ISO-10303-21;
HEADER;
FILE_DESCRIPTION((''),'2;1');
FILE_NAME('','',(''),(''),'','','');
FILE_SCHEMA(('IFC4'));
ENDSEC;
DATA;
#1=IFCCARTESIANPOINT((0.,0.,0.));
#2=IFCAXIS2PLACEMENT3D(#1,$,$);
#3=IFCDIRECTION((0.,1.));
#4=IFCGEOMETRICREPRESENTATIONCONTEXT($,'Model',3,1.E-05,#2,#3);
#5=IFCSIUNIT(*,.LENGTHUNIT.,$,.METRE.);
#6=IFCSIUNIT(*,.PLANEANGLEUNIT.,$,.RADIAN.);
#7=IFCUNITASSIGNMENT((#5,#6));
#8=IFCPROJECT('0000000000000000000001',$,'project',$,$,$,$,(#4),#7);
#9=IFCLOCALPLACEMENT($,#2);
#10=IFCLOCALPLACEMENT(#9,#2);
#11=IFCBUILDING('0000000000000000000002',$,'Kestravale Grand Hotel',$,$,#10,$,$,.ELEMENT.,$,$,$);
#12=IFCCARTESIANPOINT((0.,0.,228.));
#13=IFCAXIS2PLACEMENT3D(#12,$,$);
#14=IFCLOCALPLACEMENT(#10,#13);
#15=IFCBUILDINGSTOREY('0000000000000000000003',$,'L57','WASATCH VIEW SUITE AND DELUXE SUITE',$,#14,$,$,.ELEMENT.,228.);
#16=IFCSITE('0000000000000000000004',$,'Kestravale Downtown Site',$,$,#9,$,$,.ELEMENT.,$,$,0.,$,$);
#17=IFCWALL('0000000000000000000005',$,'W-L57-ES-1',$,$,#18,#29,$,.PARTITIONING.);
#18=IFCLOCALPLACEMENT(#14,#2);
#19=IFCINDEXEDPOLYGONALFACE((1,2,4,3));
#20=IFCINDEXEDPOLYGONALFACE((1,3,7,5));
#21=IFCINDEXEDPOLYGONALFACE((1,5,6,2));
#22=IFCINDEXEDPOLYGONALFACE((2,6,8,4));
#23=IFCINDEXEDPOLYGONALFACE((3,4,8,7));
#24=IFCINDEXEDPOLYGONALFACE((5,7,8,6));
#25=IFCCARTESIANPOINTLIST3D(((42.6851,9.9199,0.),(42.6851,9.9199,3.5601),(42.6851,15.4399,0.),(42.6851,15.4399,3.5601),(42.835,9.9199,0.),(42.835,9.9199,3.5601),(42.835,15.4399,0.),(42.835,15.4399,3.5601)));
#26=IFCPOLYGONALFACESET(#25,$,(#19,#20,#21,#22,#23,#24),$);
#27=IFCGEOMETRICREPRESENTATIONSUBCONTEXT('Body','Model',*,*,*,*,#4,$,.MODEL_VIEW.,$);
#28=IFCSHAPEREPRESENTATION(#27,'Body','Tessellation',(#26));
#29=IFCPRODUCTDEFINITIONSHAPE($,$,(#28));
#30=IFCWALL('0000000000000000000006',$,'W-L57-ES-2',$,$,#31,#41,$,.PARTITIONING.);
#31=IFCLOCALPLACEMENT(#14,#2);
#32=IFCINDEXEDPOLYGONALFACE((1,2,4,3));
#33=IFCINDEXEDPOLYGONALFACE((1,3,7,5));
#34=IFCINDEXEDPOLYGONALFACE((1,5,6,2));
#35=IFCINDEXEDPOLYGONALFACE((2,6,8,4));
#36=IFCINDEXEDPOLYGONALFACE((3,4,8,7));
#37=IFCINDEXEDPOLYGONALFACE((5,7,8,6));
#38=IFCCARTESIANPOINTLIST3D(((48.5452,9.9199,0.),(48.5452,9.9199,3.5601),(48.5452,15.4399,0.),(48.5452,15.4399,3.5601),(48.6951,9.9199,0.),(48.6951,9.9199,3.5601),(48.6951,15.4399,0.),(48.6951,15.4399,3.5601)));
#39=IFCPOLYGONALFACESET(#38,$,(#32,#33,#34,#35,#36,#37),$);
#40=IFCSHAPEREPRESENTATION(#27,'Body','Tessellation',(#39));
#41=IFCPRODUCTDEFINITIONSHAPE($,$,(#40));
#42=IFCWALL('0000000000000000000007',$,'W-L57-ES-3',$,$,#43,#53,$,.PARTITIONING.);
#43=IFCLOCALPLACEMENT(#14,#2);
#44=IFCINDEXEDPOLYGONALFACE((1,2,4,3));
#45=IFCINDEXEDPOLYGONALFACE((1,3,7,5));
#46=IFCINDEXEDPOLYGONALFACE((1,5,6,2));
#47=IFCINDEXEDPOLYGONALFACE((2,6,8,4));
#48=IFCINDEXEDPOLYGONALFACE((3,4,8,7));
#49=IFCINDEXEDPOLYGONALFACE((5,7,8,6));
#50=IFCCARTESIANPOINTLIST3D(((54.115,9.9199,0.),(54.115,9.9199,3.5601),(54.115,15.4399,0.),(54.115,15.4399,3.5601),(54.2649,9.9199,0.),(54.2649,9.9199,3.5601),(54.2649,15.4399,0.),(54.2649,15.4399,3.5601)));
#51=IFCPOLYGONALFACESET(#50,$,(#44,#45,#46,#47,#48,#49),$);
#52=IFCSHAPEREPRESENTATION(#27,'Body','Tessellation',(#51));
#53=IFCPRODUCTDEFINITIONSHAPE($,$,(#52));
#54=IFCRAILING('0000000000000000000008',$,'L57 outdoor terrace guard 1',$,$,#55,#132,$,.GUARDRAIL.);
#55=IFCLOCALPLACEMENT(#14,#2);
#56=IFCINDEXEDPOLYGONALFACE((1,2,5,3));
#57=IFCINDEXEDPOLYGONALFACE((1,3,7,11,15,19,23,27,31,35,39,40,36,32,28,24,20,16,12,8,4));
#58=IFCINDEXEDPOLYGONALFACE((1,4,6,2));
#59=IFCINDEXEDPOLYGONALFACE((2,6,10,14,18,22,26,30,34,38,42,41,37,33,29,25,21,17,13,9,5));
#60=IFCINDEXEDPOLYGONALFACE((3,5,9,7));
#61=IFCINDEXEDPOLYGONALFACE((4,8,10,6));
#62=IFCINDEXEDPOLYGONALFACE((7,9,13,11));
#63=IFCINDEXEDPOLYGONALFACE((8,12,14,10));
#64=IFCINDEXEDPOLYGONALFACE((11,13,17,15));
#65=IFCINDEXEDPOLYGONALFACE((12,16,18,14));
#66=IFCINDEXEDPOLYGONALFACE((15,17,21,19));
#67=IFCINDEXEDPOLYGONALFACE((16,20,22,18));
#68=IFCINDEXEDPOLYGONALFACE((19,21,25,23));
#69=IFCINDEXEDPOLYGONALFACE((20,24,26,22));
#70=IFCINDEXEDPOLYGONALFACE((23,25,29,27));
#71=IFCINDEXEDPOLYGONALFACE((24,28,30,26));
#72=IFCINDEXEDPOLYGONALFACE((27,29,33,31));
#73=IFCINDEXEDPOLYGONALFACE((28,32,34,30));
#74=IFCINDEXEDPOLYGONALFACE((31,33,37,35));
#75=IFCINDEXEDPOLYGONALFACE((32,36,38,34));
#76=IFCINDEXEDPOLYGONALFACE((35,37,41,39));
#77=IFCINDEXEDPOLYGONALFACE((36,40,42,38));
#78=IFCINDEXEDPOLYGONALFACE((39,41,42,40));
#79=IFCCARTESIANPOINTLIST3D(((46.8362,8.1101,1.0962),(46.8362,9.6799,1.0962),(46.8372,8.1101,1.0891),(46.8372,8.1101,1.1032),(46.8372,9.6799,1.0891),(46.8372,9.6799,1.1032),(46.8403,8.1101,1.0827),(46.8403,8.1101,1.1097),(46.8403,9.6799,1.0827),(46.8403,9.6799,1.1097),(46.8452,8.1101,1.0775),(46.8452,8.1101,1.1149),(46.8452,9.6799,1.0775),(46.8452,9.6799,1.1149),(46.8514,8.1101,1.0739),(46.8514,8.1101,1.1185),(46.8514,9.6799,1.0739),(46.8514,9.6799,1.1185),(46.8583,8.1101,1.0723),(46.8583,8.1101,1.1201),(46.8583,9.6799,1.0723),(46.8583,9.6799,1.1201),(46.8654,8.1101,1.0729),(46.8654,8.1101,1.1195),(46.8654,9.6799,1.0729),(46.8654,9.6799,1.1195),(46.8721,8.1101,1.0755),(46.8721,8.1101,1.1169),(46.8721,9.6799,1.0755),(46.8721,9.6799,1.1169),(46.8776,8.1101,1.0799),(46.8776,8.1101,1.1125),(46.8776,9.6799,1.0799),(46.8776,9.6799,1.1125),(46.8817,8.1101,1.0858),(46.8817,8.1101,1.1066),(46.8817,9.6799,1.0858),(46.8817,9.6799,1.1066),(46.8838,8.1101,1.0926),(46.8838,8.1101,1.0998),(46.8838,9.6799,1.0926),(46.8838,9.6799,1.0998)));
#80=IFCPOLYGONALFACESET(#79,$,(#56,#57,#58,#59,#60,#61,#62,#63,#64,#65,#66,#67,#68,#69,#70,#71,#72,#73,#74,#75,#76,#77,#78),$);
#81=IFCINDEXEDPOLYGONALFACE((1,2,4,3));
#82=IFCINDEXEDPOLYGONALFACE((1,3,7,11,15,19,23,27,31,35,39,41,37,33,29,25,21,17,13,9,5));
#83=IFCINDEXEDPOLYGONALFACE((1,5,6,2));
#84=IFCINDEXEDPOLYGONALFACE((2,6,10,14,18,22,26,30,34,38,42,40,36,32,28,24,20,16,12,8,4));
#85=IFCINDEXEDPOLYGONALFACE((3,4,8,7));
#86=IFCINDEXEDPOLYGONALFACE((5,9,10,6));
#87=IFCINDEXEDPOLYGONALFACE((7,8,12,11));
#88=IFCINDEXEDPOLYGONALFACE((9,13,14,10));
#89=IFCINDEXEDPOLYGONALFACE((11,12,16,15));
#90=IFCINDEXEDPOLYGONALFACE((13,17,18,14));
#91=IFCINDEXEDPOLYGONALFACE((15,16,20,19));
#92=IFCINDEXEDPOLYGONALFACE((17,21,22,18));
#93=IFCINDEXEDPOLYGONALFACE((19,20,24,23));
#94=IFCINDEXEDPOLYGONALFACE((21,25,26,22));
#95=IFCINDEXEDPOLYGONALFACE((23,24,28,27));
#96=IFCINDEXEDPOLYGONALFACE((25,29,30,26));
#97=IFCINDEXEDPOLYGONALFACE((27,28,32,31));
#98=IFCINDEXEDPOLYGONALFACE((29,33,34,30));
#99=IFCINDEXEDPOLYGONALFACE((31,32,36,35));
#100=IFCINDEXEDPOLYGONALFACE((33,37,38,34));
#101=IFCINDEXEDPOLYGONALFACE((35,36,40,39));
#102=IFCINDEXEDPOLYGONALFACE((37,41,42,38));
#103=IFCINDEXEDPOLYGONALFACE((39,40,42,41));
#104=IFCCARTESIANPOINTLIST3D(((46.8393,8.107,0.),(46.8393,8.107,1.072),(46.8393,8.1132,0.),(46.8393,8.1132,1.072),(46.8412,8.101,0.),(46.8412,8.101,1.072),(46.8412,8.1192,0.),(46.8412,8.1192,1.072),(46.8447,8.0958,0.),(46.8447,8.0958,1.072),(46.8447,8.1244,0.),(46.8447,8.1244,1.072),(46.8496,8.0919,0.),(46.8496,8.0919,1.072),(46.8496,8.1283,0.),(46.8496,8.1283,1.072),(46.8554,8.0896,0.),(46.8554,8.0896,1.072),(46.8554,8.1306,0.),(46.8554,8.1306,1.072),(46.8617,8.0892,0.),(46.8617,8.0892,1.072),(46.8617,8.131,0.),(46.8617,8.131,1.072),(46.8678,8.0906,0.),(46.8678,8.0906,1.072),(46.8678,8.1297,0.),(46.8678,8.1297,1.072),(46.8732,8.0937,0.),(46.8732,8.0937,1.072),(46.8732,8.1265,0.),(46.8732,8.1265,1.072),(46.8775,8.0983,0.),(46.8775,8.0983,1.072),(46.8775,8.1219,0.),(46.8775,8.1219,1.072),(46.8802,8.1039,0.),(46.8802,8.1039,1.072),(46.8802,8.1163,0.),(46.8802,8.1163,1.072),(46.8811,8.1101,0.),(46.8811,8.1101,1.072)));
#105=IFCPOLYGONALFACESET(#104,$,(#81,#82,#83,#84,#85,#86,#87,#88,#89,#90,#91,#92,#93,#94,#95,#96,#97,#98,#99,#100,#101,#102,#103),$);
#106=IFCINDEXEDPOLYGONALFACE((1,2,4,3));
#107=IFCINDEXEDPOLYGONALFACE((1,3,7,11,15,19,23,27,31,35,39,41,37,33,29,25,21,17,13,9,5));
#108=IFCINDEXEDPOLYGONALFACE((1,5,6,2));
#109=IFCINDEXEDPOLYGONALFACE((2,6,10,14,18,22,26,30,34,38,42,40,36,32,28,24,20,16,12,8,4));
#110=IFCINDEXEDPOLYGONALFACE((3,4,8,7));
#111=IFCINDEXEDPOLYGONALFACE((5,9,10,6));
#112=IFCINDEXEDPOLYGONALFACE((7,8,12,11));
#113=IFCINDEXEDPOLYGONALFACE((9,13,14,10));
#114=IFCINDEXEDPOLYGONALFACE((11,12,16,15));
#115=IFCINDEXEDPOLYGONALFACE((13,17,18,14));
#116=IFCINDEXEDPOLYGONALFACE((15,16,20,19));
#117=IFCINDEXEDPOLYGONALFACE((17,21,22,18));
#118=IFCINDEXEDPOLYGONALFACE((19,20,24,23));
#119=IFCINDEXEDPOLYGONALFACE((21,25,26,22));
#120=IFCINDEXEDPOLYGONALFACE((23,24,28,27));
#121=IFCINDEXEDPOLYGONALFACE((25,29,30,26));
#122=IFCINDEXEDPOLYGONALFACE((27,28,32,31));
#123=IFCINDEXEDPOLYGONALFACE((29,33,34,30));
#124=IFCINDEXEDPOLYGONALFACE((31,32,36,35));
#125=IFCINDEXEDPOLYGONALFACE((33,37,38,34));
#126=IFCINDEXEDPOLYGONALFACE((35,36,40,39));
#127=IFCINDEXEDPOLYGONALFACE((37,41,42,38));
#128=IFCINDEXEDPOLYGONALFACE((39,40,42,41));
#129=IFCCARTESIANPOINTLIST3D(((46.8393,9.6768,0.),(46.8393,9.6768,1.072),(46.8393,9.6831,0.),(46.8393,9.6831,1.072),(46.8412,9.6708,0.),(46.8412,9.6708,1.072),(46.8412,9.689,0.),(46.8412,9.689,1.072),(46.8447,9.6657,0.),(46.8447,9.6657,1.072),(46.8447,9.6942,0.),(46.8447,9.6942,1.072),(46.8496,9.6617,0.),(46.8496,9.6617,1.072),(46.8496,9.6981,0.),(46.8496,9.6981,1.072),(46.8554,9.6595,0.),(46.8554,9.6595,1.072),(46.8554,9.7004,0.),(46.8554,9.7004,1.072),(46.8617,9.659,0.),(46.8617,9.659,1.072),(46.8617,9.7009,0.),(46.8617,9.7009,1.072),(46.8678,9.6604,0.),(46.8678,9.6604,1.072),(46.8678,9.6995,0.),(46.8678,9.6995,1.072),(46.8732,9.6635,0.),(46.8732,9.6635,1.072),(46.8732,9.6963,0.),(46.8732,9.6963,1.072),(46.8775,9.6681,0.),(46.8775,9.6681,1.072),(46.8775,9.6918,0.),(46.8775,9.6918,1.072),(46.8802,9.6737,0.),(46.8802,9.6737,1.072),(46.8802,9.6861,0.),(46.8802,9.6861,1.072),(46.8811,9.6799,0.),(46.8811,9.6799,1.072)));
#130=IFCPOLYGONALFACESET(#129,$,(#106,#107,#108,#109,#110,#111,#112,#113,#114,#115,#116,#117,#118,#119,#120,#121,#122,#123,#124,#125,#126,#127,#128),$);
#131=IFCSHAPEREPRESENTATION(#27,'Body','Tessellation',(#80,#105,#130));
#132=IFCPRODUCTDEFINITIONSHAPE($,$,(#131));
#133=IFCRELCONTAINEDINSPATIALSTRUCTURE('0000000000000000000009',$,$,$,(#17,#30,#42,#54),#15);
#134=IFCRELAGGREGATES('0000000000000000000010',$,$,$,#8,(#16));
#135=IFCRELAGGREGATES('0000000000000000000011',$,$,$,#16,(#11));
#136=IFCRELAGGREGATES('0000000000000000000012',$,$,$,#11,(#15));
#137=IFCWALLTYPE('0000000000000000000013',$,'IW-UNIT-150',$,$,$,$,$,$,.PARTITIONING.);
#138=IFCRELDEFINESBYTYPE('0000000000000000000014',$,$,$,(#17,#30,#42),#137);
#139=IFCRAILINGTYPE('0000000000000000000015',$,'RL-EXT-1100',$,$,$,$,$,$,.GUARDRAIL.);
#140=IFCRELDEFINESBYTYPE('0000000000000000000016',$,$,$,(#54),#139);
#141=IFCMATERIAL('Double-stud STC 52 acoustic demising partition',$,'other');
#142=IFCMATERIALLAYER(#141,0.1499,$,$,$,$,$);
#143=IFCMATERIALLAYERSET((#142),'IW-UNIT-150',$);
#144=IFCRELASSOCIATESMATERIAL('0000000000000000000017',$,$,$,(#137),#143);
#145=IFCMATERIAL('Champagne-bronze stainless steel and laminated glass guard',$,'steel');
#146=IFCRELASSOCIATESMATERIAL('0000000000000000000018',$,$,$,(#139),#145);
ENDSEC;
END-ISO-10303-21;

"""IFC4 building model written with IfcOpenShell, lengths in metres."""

from ifc_helpers import new_model, si_unit, direction, frame, frame_2d, origin, origin_2d, place, context, subcontext, project, spatial, rectangle, circle, extrude, material, layer, layer_set, type_object, element, save


model = new_model("IFC4")

# Units and contexts
model_context = context("Model", 3, precision=1e-05, world=origin(), true_north=direction((0.0, 1.0)))
body_context = subcontext(model_context, "Body", "Model", "MODEL_VIEW")
ifc_project = project(units=[si_unit("LENGTHUNIT", "METRE"), si_unit("PLANEANGLEUNIT", "RADIAN")], contexts=[model_context])

# Site, building, storey
site_placement = place(None, origin())
site = spatial("IfcSite", under=ifc_project, at=site_placement, Name="Kestravale Downtown Site", CompositionType="ELEMENT", RefElevation=0.0)
building_placement = place(site_placement, origin())
building = spatial("IfcBuilding", under=site, at=building_placement, Name="Kestravale Grand Hotel", CompositionType="ELEMENT")
storey_placement = place(building_placement, frame((0.0, 0.0, 228.0)))
storey = spatial("IfcBuildingStorey", under=building, at=storey_placement, Name="L57", Description="WASATCH VIEW SUITE AND DELUXE SUITE", CompositionType="ELEMENT", Elevation=228.0)

# Walls
ifc_material_1 = material(Name="Double-stud STC 52 acoustic demising partition", Category="other")
ifc_layer_1 = layer(ifc_material_1, 0.1499)
ifc_layer_set_1 = layer_set([ifc_layer_1], Name="IW-UNIT-150")
wall_type_1 = type_object("IfcWallType", Name="IW-UNIT-150", PredefinedType="PARTITIONING", material=ifc_layer_set_1)
for number, where, z_axis, x_axis, name in (
    (1, (42.76, 9.9199, 0.0), (0.0, 0.0, 1.0), (0.0, 1.0, 0.0), "W-L57-ES-1"),
    (2, (48.6201, 9.9199, 0.0), (0.0, 0.0, 1.0), (0.0, 1.0, 0.0), "W-L57-ES-2"),
    (3, (54.1899, 9.9199, 0.0), (0.0, 0.0, 1.0), (0.0, 1.0, 0.0), "W-L57-ES-3"),
):
    element("IfcWall", number, at=place(storey_placement, frame(where, z_axis=z_axis, x_axis=x_axis)), inside=storey, type_object=wall_type_1, Name=name, PredefinedType="PARTITIONING", context=body_context, shape_type="SweptSolid", body=[
        extrude(rectangle(XDim=5.52, YDim=0.1499, at=frame_2d((2.76, 0.0))), origin(), (0.0, 0.0, 1.0), 3.5601),
    ])

# Railing
ifc_material_2 = material(Name="Champagne-bronze stainless steel and laminated glass guard", Category="steel")
railing_type = type_object("IfcRailingType", Name="RL-EXT-1100", PredefinedType="GUARDRAIL", material=ifc_material_2)
railing_1_placement = place(storey_placement, frame((46.8601, 8.1101, 0.0)))
element("IfcRailing", 4, at=railing_1_placement, inside=storey, type_object=railing_type, Name="L57 outdoor terrace guard 1", PredefinedType="GUARDRAIL", context=body_context, shape_type="SweptSolid", body=[
    extrude(circle(Radius=0.0239, at=origin_2d()), frame((0.0, 0.0, 1.0962), z_axis=(0.0, 1.0, 0.0), x_axis=(-1.0, 0.0, 0.0)), (0.0, 0.0, 1.0), 1.5698),
    extrude(circle(Radius=0.021, at=origin_2d()), origin(), (0.0, 0.0, 1.0), 1.072),
    extrude(circle(Radius=0.021, at=origin_2d()), frame((0.0, 1.5698, 0.0)), (0.0, 0.0, 1.0), 1.072),
])

save(model, "model.ifc")
